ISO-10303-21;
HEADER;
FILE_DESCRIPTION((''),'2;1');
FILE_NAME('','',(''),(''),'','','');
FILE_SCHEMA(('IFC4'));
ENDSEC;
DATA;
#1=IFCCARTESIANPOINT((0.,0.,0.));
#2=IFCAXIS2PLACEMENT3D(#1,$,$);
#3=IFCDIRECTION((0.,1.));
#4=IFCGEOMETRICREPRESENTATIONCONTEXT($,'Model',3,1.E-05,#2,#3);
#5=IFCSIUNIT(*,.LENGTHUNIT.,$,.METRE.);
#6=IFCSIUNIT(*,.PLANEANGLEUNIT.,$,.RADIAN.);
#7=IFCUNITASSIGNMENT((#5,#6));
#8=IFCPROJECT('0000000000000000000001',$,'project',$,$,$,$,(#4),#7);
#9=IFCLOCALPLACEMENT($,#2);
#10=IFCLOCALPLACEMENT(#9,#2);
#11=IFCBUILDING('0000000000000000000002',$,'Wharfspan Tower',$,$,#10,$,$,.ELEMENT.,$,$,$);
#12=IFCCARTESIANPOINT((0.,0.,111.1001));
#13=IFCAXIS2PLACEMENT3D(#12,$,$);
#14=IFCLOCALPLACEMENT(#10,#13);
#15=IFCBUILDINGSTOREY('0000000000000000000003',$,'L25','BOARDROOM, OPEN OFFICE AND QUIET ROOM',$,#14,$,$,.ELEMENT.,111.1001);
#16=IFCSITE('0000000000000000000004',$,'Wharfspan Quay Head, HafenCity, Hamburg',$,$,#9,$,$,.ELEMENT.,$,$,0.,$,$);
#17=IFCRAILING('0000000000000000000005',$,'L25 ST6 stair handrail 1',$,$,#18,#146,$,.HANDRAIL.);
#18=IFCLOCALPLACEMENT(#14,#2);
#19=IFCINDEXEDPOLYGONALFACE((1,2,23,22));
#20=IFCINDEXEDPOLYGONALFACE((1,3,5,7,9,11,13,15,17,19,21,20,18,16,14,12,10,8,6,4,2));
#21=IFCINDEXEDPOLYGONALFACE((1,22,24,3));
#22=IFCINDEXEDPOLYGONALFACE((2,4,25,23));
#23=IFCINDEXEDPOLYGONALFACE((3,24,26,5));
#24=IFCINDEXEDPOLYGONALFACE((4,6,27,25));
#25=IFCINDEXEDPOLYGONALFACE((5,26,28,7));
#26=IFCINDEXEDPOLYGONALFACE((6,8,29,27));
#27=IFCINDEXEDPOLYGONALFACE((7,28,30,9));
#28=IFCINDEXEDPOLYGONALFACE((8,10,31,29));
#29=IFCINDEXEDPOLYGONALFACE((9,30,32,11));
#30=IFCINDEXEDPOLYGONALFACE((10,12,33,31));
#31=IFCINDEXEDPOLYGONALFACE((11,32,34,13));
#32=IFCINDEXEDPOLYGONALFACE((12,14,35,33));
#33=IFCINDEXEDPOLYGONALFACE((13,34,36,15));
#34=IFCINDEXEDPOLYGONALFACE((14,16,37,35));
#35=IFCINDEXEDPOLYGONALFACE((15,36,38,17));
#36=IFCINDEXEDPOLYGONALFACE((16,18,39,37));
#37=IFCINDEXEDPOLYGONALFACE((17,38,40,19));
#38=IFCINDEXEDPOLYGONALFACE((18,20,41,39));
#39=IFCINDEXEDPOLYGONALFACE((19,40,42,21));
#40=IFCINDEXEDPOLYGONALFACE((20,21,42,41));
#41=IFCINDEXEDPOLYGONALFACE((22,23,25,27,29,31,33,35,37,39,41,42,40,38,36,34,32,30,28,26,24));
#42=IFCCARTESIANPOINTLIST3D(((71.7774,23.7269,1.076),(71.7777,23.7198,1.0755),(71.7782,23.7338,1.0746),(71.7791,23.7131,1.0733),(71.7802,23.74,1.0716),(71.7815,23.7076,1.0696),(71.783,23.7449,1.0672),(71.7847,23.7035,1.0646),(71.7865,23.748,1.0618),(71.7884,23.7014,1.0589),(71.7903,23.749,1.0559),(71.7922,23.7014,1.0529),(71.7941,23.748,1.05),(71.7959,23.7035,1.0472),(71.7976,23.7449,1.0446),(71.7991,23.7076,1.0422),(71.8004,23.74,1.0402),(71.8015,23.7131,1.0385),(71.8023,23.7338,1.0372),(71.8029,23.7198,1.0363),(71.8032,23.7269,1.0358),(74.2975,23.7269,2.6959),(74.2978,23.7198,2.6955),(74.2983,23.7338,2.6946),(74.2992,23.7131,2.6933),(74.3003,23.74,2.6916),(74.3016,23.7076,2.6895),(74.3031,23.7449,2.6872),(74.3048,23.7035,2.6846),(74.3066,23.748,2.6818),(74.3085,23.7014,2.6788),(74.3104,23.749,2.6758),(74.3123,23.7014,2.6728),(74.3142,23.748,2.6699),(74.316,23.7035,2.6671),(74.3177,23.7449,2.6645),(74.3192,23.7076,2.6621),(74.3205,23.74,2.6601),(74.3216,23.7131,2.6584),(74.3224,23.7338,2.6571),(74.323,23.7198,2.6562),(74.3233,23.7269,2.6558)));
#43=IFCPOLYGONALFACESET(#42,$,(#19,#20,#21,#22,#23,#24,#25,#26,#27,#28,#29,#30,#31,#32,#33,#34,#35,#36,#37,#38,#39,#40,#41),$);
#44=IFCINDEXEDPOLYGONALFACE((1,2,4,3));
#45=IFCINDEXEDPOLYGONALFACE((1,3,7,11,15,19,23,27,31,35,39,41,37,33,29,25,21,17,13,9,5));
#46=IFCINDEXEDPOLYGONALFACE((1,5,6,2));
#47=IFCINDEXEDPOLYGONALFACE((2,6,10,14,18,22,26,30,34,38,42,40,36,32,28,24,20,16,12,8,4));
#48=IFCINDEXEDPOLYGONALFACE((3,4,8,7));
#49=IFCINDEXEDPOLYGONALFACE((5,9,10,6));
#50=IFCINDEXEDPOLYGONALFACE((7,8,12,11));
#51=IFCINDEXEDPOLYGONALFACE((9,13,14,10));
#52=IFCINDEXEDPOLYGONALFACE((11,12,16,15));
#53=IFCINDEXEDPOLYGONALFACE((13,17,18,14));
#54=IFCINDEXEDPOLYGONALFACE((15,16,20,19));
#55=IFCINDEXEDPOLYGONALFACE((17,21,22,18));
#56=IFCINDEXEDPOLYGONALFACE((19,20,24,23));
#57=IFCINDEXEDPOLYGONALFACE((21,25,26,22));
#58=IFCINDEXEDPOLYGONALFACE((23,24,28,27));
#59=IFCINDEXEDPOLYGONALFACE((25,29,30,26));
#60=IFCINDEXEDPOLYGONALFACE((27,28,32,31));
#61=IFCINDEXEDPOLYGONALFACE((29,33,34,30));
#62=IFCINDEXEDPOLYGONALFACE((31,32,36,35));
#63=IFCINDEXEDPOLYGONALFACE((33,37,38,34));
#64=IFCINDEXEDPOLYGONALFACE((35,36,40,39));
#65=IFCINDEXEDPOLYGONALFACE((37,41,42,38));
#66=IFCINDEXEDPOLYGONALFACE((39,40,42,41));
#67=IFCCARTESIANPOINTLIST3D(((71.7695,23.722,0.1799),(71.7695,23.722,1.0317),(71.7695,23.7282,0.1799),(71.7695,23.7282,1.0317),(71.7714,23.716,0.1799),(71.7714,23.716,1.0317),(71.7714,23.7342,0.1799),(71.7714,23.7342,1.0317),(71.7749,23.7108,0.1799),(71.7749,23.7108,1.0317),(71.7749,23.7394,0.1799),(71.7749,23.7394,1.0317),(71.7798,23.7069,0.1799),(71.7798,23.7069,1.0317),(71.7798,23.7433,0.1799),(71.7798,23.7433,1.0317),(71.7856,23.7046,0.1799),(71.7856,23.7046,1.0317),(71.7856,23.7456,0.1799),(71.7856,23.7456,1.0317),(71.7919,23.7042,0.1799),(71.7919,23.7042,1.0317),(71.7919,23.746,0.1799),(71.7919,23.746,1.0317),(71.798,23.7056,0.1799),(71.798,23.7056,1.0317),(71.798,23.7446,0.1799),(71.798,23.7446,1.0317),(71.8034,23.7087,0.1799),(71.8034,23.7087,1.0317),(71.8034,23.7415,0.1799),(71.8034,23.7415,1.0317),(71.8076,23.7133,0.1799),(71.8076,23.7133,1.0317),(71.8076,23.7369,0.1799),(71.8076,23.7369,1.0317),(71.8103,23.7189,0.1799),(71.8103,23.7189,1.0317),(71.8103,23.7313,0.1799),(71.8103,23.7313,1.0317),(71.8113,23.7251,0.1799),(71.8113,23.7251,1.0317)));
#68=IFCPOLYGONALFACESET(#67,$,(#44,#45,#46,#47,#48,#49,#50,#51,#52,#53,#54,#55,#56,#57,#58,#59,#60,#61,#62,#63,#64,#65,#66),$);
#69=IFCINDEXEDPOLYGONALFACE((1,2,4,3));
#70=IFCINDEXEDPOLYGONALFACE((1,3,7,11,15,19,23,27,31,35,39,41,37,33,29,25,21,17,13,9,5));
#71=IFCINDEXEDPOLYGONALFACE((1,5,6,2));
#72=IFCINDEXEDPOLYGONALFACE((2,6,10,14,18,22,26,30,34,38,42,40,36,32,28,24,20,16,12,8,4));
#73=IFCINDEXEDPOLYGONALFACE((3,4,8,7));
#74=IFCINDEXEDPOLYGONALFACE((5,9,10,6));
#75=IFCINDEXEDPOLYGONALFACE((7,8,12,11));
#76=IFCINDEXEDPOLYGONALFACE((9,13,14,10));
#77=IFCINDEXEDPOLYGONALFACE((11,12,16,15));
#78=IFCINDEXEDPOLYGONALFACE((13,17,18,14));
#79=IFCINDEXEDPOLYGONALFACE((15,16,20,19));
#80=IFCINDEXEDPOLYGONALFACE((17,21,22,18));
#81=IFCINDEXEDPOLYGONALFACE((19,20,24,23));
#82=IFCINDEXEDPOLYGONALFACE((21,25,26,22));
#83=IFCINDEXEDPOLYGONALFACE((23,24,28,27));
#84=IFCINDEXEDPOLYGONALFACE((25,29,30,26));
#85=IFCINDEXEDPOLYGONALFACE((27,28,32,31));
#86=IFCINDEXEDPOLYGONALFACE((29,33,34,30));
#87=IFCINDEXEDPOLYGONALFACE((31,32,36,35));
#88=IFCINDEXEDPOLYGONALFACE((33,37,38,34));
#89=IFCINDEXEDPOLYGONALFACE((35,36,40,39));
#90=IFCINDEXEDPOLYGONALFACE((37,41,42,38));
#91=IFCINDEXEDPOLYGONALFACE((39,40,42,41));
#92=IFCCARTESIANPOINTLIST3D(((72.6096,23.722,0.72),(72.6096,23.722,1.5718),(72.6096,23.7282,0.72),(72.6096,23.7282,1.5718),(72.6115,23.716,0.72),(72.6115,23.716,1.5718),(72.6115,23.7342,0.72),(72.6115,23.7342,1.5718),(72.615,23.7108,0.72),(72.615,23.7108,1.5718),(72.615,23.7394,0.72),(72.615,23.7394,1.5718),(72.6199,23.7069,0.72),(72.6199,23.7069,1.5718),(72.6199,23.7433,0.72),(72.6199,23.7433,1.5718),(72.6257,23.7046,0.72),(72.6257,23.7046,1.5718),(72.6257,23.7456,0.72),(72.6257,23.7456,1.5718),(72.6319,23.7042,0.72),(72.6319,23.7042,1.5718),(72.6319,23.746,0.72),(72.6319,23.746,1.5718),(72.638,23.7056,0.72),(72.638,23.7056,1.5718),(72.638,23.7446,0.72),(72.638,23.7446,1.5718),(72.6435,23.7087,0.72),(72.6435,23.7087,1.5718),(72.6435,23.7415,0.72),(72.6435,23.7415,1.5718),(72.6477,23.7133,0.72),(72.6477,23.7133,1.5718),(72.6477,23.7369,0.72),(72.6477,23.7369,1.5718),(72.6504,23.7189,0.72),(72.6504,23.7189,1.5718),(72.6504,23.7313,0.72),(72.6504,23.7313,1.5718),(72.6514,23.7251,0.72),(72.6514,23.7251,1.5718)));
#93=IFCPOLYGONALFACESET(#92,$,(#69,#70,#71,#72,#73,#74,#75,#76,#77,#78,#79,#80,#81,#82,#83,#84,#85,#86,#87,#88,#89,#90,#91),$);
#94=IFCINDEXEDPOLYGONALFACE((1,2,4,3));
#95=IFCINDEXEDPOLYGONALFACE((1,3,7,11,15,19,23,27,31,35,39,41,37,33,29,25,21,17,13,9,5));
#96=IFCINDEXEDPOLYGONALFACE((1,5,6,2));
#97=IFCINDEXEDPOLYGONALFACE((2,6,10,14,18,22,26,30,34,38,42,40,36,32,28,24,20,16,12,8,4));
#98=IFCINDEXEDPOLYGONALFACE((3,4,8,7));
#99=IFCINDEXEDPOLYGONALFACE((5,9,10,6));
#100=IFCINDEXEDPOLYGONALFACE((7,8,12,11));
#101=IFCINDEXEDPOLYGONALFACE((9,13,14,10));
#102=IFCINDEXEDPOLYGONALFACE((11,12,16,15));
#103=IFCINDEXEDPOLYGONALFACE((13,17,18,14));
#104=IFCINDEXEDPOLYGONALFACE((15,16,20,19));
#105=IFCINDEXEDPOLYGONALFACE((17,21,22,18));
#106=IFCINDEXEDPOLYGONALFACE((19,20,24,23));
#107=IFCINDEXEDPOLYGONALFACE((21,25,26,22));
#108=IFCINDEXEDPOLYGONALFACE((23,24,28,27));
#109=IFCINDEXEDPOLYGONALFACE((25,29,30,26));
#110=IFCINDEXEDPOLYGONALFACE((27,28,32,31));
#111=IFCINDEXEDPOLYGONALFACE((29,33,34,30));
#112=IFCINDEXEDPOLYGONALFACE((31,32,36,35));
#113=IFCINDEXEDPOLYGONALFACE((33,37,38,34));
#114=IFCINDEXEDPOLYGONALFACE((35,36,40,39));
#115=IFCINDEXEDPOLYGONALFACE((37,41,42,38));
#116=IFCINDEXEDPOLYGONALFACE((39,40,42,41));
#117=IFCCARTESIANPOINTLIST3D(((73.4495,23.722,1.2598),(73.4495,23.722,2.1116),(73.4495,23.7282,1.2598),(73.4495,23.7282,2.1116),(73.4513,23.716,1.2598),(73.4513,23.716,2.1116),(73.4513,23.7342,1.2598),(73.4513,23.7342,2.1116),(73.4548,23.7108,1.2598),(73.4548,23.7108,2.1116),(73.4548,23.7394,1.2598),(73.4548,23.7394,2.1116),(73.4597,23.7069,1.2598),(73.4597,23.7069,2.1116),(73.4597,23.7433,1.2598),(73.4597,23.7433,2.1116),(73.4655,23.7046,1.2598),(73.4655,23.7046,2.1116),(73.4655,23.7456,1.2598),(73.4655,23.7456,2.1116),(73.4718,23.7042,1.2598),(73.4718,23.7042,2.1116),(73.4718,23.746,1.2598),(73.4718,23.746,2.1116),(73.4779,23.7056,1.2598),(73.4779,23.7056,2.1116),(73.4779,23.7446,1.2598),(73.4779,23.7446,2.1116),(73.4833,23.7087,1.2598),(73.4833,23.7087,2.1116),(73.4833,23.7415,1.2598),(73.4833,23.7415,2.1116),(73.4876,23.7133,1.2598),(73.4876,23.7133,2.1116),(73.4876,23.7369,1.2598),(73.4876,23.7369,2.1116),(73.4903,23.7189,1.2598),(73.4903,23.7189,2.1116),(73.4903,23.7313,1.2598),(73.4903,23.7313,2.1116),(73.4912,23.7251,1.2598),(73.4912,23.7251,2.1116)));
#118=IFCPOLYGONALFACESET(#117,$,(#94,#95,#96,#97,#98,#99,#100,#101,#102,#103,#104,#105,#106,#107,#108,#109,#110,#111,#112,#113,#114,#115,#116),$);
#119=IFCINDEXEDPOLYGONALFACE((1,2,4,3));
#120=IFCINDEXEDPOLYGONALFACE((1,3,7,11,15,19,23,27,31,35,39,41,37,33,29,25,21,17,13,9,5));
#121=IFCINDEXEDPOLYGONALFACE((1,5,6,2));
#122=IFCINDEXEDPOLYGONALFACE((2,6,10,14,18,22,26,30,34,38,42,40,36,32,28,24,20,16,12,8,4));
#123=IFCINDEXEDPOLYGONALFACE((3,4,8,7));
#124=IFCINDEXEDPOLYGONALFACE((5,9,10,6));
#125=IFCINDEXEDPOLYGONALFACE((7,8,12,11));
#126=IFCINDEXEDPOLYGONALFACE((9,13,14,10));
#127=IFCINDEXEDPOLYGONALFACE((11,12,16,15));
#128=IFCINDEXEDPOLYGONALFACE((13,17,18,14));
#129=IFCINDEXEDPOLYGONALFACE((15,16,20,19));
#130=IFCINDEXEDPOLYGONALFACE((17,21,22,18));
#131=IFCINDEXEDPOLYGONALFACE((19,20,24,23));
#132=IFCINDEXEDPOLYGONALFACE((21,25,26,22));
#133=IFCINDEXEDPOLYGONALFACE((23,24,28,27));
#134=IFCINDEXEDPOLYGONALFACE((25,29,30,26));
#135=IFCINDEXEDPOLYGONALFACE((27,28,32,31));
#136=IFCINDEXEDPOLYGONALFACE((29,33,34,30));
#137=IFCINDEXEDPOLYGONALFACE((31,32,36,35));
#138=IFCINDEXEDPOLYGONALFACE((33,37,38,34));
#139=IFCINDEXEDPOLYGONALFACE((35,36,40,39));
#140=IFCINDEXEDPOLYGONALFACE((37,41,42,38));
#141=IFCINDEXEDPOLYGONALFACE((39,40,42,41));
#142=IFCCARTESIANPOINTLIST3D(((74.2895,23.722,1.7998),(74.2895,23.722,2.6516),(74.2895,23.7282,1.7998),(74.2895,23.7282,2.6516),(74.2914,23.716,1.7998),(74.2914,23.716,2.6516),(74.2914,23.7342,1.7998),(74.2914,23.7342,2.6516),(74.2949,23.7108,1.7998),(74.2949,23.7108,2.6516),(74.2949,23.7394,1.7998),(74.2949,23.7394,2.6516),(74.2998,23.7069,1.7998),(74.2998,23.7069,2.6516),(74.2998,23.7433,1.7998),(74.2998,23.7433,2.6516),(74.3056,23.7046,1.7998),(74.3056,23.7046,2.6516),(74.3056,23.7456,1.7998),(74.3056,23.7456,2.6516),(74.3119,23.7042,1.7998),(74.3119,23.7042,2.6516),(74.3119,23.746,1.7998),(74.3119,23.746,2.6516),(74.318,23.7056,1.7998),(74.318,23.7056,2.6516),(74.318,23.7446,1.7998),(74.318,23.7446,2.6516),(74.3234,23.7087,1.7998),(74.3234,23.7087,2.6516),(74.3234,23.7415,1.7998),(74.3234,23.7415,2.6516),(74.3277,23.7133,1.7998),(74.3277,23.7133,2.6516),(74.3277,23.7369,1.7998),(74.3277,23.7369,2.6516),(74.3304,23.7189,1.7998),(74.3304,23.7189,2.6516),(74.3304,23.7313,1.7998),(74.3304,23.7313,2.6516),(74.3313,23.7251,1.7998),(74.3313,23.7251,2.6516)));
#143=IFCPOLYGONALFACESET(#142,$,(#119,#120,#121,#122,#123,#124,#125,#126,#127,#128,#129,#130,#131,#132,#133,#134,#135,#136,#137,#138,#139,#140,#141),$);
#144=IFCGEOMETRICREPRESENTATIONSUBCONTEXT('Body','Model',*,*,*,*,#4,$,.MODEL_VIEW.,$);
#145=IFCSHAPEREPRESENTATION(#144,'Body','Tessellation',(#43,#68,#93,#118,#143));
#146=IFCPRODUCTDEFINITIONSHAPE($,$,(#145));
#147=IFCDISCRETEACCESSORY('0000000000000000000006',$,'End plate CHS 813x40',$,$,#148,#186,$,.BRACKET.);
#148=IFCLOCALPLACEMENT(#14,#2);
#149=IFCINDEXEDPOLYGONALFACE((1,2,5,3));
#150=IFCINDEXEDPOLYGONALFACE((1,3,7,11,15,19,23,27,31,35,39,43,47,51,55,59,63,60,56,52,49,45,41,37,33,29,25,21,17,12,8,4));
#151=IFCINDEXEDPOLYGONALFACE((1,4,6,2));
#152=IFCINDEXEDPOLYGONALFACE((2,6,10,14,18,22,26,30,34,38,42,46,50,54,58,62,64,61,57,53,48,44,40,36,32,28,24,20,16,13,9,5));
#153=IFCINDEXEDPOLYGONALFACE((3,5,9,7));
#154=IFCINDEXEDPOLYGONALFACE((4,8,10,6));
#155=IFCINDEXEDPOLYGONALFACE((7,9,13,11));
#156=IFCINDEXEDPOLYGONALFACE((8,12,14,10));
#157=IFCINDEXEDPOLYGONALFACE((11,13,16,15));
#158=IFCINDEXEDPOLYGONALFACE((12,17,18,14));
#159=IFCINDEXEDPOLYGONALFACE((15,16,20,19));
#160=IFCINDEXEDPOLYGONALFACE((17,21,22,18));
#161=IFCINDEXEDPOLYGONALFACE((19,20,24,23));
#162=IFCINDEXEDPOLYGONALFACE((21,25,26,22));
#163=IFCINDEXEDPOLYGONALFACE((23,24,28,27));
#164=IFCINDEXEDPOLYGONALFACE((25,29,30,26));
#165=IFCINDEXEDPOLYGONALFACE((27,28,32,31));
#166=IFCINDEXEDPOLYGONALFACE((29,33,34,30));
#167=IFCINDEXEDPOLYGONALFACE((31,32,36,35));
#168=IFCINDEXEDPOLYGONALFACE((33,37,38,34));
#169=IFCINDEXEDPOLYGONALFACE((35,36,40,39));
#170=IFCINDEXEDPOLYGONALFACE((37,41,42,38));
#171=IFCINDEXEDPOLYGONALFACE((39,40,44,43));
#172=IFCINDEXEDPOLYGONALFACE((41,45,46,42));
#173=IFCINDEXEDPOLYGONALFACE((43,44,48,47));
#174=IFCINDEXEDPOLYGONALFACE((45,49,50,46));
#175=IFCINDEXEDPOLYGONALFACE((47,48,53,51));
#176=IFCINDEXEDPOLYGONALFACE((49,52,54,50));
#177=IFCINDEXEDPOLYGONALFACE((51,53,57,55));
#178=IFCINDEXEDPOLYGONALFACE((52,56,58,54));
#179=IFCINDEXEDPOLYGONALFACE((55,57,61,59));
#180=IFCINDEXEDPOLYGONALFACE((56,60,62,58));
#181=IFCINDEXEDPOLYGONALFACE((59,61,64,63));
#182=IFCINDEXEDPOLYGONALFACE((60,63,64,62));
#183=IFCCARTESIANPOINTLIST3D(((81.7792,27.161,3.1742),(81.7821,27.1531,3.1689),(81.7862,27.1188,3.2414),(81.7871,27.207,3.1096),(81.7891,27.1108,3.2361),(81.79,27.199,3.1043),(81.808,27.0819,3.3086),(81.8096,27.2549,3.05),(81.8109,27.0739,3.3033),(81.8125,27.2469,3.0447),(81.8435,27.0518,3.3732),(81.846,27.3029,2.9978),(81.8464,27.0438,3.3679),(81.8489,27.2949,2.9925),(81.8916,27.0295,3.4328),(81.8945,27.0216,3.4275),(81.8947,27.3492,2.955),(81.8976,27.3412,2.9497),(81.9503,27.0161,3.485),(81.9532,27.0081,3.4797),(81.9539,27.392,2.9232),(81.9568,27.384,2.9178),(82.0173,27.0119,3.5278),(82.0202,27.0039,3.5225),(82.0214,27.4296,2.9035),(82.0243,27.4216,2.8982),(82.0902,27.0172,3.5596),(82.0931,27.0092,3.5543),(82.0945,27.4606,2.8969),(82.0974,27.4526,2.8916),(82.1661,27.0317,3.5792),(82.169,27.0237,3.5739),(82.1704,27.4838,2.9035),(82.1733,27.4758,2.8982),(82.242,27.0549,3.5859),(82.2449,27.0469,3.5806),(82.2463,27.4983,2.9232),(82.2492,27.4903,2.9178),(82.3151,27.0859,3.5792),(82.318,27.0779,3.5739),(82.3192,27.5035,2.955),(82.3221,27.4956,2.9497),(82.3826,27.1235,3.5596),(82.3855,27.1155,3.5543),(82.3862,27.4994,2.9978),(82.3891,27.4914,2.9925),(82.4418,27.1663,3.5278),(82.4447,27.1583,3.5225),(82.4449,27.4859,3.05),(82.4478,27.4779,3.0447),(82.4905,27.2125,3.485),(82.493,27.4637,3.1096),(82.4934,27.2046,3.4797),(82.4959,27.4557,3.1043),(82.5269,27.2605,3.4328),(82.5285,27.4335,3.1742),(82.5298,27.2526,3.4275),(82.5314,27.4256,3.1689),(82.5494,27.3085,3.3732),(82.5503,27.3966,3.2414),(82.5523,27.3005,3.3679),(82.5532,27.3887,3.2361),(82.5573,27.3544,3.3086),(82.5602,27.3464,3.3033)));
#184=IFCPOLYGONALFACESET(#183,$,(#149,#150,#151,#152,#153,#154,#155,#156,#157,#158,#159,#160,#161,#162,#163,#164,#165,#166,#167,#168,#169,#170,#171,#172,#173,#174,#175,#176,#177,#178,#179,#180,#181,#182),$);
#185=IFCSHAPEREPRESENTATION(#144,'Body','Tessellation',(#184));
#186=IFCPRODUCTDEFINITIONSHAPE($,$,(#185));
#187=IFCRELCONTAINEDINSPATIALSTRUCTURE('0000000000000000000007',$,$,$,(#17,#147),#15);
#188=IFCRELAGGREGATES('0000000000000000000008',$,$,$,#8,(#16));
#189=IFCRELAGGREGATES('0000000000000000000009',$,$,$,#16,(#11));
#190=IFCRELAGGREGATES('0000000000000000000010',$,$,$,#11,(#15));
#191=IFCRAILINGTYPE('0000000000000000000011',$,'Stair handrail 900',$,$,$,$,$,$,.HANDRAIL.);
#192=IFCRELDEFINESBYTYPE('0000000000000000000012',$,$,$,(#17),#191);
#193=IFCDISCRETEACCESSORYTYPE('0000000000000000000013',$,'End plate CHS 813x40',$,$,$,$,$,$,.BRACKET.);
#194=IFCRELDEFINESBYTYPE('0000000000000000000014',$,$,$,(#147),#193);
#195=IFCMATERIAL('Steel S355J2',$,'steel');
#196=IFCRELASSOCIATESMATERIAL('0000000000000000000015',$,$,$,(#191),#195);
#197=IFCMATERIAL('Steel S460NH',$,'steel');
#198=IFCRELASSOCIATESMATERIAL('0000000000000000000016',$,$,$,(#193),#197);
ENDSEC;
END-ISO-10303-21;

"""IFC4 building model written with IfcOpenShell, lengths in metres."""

from ifc_helpers import new_model, si_unit, direction, frame, origin, origin_2d, place, context, subcontext, project, spatial, circle, extrude, material, material_profile, profile_set, type_object, element, save


model = new_model("IFC4")

# Units and contexts
model_context = context("Model", 3, precision=1e-05, world=origin(), true_north=direction((0.0, 1.0)))
body_context = subcontext(model_context, "Body", "Model", "MODEL_VIEW")
ifc_project = project(units=[si_unit("LENGTHUNIT", "METRE"), si_unit("PLANEANGLEUNIT", "RADIAN")], contexts=[model_context])

# Site, building, storey
site_placement = place(None, origin())
site = spatial("IfcSite", under=ifc_project, at=site_placement, Name="Wharfspan Quay Head, HafenCity, Hamburg", CompositionType="ELEMENT", RefElevation=0.0)
building_placement = place(site_placement, origin())
building = spatial("IfcBuilding", under=site, at=building_placement, Name="Wharfspan Tower", CompositionType="ELEMENT")
storey_placement = place(building_placement, frame((0.0, 0.0, 111.1001)))
storey = spatial("IfcBuildingStorey", under=building, at=storey_placement, Name="L25", Description="BOARDROOM, OPEN OFFICE AND QUIET ROOM", CompositionType="ELEMENT", Elevation=111.1001)

# Shared definitions
ifc_material_1 = material(Name="Steel S355J2", Category="steel")

# Shared definitions
ifc_material_2 = material(Name="Steel S460NH", Category="steel")

# Railing
railing_type_1 = type_object("IfcRailingType", Name="Stair handrail 900", PredefinedType="HANDRAIL", material=ifc_material_1)
railing_1_placement = place(storey_placement, frame((71.7903, 23.7251, 0.1799)))
element("IfcRailing", 1, at=railing_1_placement, inside=storey, type_object=railing_type_1, Name="L25 ST6 stair handrail 1", PredefinedType="HANDRAIL", context=body_context, shape_type="SweptSolid", body=[
    extrude(circle(Radius=0.0239, at=origin_2d()), frame((0.0, 0.0, 0.876), z_axis=(0.8412, 0.0, 0.540725), x_axis=(0.0, 1.0, 0.0)), (0.0, 0.0, 1.0), 2.9958),
    extrude(circle(Radius=0.021, at=origin_2d()), origin(), (0.0, 0.0, 1.0), 0.8518),
    extrude(circle(Radius=0.021, at=origin_2d()), frame((0.8401, 0.0, 0.54)), (0.0, 0.0, 1.0), 0.8518),
    extrude(circle(Radius=0.021, at=origin_2d()), frame((1.6799, 0.0, 1.0798)), (0.0, 0.0, 1.0), 0.8518),
    extrude(circle(Radius=0.021, at=origin_2d()), frame((2.52, 0.0, 1.6199)), (0.0, 0.0, 1.0), 0.8518),
])

# Discrete accessory
ifc_material_profile_1 = material_profile(ifc_material_2, circle(Radius=0.4065, at=origin_2d()))
ifc_profile_set_1 = profile_set([ifc_material_profile_1], Name="Steel S460NH")
discrete_accessory_type = type_object("IfcDiscreteAccessoryType", Name="End plate CHS 813x40", PredefinedType="BRACKET", material=ifc_profile_set_1)
for number, where, z_axis, x_axis, name in (
    (2, (82.1711, 27.2498, 3.2361), (-0.289598, 0.796395, 0.53093), (-0.939792, -0.341743, 0.000001), "End plate CHS 813x40"),
):
    element("IfcDiscreteAccessory", number, at=place(storey_placement, frame(where, z_axis=z_axis, x_axis=x_axis)), inside=storey, type_object=discrete_accessory_type, Name=name, PredefinedType="BRACKET", context=body_context, shape_type="SweptSolid", body=[
        extrude(circle(Radius=0.4065, at=origin_2d()), origin(), (0.0, 0.0, 1.0), 0.01),
    ])

save(model, "model.ifc")
